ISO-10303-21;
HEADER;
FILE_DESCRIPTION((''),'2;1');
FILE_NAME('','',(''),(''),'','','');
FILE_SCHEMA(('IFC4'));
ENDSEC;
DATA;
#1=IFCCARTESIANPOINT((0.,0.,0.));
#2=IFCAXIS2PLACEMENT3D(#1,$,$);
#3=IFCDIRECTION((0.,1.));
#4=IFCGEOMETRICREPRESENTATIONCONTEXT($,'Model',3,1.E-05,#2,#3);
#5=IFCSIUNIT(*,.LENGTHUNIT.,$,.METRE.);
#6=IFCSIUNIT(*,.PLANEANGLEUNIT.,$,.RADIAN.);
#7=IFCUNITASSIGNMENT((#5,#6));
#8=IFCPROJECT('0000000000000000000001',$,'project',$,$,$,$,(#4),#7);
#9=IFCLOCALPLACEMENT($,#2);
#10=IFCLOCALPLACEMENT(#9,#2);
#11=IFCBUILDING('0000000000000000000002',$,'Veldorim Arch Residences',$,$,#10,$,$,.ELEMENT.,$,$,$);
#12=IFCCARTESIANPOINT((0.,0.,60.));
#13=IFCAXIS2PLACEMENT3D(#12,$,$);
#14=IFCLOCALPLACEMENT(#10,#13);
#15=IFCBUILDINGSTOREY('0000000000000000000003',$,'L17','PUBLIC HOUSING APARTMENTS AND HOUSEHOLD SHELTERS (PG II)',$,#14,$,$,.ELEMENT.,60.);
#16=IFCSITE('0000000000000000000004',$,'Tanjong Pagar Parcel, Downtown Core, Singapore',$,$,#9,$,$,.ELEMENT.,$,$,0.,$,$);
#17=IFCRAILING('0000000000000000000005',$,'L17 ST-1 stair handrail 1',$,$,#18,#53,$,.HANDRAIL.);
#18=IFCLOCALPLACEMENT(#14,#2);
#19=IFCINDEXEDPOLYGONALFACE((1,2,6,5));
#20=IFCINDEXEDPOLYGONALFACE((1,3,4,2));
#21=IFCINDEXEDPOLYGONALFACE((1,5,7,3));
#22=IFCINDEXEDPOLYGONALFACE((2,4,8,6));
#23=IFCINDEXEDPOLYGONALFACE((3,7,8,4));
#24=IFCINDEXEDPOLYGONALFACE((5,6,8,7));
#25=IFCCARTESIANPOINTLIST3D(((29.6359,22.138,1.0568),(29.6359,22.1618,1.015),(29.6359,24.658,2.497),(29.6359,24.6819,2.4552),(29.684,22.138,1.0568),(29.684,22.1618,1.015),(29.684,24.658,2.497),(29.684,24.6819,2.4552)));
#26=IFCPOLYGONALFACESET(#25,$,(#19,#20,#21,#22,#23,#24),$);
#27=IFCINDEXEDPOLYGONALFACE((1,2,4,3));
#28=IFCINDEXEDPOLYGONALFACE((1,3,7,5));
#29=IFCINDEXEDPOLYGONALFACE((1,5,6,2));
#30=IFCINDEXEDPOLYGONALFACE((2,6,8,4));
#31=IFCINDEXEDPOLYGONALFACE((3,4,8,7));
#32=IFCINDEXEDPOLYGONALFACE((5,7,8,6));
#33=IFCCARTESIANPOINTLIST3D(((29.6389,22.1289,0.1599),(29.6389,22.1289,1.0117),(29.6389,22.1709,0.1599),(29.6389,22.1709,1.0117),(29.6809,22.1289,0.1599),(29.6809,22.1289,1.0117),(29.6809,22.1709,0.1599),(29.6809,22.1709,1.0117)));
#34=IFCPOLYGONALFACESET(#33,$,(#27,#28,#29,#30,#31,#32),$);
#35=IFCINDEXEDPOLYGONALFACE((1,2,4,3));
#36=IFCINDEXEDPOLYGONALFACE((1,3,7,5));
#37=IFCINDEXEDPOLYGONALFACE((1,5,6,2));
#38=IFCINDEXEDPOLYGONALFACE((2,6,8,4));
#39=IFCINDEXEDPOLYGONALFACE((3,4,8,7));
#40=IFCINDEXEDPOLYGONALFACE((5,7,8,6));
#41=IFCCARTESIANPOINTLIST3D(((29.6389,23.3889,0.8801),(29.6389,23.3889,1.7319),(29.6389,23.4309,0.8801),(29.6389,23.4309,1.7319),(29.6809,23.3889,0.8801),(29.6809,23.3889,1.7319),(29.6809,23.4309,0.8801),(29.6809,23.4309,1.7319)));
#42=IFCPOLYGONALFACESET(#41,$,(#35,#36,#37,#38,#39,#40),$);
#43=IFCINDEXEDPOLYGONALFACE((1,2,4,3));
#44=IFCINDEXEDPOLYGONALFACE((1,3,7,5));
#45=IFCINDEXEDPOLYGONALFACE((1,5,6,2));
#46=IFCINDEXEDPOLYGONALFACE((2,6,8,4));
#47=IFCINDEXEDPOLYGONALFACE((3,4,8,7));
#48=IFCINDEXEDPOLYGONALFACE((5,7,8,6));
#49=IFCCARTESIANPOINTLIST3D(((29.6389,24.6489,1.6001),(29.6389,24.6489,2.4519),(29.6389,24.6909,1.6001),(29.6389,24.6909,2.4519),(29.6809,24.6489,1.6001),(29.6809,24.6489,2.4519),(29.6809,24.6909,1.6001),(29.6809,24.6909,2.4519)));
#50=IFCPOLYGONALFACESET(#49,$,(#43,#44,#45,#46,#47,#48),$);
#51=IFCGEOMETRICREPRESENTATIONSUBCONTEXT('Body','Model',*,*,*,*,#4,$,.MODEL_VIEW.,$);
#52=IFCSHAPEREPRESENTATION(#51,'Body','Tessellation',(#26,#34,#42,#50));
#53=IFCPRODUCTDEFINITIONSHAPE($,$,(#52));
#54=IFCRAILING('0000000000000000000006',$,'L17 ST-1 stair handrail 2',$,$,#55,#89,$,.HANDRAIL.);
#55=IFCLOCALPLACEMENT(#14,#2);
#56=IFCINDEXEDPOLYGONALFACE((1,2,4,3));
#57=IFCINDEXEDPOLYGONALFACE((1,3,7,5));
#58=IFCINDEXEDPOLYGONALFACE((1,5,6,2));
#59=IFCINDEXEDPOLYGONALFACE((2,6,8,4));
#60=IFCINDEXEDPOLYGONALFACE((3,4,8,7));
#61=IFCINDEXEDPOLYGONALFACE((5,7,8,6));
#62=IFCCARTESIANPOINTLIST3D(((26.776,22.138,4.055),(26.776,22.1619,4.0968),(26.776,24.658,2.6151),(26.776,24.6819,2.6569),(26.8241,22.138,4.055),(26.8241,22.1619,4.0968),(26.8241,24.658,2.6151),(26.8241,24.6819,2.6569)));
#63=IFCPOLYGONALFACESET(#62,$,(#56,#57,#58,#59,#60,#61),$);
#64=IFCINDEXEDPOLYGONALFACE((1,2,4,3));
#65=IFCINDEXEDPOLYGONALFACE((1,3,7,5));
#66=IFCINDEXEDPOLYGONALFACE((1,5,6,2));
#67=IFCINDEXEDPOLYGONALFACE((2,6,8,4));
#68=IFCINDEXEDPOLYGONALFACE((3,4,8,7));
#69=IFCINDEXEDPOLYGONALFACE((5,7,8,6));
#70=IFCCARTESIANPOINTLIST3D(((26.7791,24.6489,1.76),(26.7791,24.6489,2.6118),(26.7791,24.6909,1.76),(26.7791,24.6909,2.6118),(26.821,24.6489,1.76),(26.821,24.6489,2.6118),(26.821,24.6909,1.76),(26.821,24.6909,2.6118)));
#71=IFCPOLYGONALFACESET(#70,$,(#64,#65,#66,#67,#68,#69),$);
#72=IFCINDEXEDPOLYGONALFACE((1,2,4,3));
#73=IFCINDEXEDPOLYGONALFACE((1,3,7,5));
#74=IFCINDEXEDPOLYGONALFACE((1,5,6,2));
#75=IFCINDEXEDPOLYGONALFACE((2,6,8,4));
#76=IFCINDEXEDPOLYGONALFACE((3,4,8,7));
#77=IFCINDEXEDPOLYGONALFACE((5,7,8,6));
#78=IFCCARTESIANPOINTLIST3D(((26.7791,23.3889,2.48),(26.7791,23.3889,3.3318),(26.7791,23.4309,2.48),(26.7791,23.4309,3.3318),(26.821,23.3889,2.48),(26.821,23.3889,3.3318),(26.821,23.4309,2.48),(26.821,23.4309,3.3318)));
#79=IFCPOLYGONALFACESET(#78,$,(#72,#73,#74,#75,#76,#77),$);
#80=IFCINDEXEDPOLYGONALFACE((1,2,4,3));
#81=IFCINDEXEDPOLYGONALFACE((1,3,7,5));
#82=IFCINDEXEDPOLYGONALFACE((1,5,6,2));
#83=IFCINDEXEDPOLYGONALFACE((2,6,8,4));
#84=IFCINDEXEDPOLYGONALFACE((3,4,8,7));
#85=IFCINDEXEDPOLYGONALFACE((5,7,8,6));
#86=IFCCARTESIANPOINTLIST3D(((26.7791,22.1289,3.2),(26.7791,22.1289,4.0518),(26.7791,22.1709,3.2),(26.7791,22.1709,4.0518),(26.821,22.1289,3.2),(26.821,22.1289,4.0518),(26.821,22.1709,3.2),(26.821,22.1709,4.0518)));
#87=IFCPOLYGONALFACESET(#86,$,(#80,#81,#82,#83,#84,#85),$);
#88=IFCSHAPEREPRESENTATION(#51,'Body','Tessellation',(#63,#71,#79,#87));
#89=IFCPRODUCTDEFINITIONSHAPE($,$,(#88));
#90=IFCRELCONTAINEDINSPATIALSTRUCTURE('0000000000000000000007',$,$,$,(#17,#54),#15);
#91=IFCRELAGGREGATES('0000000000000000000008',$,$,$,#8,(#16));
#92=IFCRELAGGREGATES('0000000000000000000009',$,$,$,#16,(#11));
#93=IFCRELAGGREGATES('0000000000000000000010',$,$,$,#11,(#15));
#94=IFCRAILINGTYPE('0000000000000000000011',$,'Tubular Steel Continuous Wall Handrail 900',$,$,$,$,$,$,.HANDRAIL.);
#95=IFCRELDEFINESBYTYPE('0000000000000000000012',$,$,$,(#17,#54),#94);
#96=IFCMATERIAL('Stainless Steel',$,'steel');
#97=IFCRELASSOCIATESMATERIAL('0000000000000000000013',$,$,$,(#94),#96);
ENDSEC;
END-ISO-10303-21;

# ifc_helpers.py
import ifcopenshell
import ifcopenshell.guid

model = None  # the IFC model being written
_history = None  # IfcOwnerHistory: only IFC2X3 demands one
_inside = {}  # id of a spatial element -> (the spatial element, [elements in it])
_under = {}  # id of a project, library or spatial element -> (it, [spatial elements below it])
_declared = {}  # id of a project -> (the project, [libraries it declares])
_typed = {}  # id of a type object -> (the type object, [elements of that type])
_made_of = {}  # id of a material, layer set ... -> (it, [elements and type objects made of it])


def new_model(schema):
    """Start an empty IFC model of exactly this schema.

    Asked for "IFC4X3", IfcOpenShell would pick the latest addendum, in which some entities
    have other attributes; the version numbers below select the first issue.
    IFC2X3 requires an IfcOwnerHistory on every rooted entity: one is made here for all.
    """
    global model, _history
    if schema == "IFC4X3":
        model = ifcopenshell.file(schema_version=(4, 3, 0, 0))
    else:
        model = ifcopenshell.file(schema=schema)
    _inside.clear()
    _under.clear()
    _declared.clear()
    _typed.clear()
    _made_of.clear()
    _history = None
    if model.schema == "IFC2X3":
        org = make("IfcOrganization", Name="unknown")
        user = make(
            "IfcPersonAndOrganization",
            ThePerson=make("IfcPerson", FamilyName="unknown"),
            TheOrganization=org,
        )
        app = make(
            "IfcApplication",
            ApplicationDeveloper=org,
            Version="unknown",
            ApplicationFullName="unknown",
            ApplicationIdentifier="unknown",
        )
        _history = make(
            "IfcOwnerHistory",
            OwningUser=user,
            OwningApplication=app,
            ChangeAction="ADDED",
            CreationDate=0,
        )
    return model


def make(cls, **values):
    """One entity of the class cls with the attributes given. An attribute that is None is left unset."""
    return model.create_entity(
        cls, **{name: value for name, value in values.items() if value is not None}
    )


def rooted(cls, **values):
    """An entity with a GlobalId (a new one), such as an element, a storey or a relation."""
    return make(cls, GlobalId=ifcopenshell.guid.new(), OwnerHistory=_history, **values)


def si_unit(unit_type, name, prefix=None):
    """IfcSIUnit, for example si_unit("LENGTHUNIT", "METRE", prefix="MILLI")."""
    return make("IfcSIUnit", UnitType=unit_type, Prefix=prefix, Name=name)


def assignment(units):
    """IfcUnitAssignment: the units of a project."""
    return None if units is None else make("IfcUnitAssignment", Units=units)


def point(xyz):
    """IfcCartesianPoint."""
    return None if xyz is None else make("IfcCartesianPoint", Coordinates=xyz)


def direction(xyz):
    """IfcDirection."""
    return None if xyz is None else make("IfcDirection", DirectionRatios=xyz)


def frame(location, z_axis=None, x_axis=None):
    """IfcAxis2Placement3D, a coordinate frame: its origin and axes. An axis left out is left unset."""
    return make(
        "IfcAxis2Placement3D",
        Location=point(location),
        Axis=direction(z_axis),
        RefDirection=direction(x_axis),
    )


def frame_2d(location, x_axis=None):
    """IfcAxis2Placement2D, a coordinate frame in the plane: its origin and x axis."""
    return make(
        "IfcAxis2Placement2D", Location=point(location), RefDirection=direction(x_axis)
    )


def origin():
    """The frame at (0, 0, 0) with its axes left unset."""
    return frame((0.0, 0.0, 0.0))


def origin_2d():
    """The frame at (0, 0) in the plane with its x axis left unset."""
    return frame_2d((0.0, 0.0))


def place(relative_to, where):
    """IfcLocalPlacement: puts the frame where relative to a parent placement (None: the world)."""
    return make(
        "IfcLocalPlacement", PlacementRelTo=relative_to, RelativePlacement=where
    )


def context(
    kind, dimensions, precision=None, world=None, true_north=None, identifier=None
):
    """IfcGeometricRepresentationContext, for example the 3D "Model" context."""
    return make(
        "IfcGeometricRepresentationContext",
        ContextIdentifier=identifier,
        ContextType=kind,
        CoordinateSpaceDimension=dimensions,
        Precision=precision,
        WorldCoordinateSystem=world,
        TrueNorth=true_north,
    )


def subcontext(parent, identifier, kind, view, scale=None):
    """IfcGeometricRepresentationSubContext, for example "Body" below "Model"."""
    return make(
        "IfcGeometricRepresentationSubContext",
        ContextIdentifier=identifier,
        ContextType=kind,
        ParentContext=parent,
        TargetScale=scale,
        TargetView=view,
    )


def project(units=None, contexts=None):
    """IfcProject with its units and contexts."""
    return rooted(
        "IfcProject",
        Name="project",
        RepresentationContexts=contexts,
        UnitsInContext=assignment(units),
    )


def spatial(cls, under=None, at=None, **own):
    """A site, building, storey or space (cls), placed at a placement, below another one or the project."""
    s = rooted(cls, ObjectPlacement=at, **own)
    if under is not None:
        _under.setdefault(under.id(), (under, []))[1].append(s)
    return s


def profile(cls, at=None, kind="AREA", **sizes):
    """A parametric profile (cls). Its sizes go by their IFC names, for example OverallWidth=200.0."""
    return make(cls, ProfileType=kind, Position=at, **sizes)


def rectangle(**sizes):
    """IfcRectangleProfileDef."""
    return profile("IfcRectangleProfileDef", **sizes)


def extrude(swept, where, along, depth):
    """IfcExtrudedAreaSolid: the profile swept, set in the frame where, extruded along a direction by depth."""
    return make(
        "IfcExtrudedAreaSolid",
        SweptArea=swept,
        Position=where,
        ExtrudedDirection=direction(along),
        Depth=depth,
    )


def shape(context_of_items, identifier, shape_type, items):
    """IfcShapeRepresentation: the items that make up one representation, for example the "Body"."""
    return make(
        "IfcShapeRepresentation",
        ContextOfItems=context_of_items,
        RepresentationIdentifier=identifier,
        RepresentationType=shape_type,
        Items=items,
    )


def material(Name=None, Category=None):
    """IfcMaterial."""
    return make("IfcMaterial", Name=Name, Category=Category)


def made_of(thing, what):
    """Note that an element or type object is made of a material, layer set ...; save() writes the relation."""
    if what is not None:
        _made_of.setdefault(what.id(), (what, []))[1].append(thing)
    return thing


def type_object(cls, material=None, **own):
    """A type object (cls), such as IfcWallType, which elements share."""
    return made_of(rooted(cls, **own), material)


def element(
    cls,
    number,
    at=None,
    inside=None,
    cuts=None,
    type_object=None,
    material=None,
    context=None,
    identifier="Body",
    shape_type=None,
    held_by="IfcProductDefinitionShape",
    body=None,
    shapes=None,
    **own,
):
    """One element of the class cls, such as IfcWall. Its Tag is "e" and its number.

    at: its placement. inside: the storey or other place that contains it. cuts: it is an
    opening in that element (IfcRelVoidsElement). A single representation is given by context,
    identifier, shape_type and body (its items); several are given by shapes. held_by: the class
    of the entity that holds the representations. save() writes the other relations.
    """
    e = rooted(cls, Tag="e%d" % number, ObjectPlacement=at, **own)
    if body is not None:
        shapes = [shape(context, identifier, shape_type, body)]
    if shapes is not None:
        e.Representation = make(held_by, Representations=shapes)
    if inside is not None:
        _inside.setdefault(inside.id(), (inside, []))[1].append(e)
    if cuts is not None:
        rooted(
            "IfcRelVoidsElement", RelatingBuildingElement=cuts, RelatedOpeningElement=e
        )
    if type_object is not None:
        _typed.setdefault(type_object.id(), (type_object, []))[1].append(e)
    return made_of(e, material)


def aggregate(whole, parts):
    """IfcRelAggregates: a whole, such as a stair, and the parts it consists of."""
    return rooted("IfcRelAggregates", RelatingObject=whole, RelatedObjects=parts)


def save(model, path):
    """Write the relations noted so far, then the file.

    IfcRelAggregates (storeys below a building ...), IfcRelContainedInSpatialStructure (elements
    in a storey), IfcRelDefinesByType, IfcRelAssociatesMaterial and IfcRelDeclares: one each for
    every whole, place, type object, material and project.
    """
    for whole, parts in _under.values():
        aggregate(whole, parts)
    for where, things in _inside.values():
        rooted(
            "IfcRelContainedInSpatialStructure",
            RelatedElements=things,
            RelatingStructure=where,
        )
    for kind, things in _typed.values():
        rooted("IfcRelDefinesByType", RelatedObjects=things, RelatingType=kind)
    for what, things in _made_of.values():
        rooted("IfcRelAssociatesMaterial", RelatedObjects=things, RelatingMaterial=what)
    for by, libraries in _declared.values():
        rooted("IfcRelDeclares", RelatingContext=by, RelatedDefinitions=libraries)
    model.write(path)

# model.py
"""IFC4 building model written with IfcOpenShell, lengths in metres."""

from ifc_helpers import new_model, si_unit, direction, frame, origin, origin_2d, place, context, subcontext, project, spatial, rectangle, extrude, material, type_object, element, save


model = new_model("IFC4")

# Units and contexts
model_context = context("Model", 3, precision=1e-05, world=origin(), true_north=direction((0.0, 1.0)))
body_context = subcontext(model_context, "Body", "Model", "MODEL_VIEW")
ifc_project = project(units=[si_unit("LENGTHUNIT", "METRE"), si_unit("PLANEANGLEUNIT", "RADIAN")], contexts=[model_context])

# Site, building, storey
site_placement = place(None, origin())
site = spatial("IfcSite", under=ifc_project, at=site_placement, Name="Tanjong Pagar Parcel, Downtown Core, Singapore", CompositionType="ELEMENT", RefElevation=0.0)
building_placement = place(site_placement, origin())
building = spatial("IfcBuilding", under=site, at=building_placement, Name="Veldorim Arch Residences", CompositionType="ELEMENT")
storey_placement = place(building_placement, frame((0.0, 0.0, 60.0)))
storey = spatial("IfcBuildingStorey", under=building, at=storey_placement, Name="L17", Description="PUBLIC HOUSING APARTMENTS AND HOUSEHOLD SHELTERS (PG II)", CompositionType="ELEMENT", Elevation=60.0)

# Railings
ifc_material_1 = material(Name="Stainless Steel", Category="steel")
railing_type_1 = type_object("IfcRailingType", Name="Tubular Steel Continuous Wall Handrail 900", PredefinedType="HANDRAIL", material=ifc_material_1)
railing_1_placement = place(storey_placement, frame((29.6599, 22.1499, 0.1599)))
element("IfcRailing", 1, at=railing_1_placement, inside=storey, type_object=railing_type_1, Name="L17 ST-1 stair handrail 1", PredefinedType="HANDRAIL", context=body_context, shape_type="SweptSolid", body=[
    extrude(rectangle(XDim=0.0481, YDim=0.0481, at=origin_2d()), frame((0.0, 0.0, 0.876), z_axis=(0.0, 0.868217, 0.496184), x_axis=(-1.0, 0.0, 0.0)), (0.0, 0.0, 1.0), 2.9026),
    extrude(rectangle(XDim=0.042, YDim=0.042, at=origin_2d()), origin(), (0.0, 0.0, 1.0), 0.8518),
    extrude(rectangle(XDim=0.042, YDim=0.042, at=origin_2d()), frame((0.0, 1.26, 0.7202)), (0.0, 0.0, 1.0), 0.8518),
    extrude(rectangle(XDim=0.042, YDim=0.042, at=origin_2d()), frame((0.0, 2.52, 1.4402)), (0.0, 0.0, 1.0), 0.8518),
])
railing_2_placement = place(storey_placement, frame((26.8, 24.6699, 1.76)))
element("IfcRailing", 2, at=railing_2_placement, inside=storey, type_object=railing_type_1, Name="L17 ST-1 stair handrail 2", PredefinedType="HANDRAIL", context=body_context, shape_type="SweptSolid", body=[
    extrude(rectangle(XDim=0.0481, YDim=0.0481, at=origin_2d()), frame((0.0, 0.0, 0.876), z_axis=(0.0, -0.868253, 0.496121), x_axis=(1.0, 0.0, 0.0)), (0.0, 0.0, 1.0), 2.9023),
    extrude(rectangle(XDim=0.042, YDim=0.042, at=origin_2d()), origin(), (0.0, 0.0, 1.0), 0.8518),
    extrude(rectangle(XDim=0.042, YDim=0.042, at=origin_2d()), frame((0.0, -1.26, 0.72)), (0.0, 0.0, 1.0), 0.8518),
    extrude(rectangle(XDim=0.042, YDim=0.042, at=origin_2d()), frame((0.0, -2.52, 1.4399)), (0.0, 0.0, 1.0), 0.8518),
])

save(model, "model.ifc")
